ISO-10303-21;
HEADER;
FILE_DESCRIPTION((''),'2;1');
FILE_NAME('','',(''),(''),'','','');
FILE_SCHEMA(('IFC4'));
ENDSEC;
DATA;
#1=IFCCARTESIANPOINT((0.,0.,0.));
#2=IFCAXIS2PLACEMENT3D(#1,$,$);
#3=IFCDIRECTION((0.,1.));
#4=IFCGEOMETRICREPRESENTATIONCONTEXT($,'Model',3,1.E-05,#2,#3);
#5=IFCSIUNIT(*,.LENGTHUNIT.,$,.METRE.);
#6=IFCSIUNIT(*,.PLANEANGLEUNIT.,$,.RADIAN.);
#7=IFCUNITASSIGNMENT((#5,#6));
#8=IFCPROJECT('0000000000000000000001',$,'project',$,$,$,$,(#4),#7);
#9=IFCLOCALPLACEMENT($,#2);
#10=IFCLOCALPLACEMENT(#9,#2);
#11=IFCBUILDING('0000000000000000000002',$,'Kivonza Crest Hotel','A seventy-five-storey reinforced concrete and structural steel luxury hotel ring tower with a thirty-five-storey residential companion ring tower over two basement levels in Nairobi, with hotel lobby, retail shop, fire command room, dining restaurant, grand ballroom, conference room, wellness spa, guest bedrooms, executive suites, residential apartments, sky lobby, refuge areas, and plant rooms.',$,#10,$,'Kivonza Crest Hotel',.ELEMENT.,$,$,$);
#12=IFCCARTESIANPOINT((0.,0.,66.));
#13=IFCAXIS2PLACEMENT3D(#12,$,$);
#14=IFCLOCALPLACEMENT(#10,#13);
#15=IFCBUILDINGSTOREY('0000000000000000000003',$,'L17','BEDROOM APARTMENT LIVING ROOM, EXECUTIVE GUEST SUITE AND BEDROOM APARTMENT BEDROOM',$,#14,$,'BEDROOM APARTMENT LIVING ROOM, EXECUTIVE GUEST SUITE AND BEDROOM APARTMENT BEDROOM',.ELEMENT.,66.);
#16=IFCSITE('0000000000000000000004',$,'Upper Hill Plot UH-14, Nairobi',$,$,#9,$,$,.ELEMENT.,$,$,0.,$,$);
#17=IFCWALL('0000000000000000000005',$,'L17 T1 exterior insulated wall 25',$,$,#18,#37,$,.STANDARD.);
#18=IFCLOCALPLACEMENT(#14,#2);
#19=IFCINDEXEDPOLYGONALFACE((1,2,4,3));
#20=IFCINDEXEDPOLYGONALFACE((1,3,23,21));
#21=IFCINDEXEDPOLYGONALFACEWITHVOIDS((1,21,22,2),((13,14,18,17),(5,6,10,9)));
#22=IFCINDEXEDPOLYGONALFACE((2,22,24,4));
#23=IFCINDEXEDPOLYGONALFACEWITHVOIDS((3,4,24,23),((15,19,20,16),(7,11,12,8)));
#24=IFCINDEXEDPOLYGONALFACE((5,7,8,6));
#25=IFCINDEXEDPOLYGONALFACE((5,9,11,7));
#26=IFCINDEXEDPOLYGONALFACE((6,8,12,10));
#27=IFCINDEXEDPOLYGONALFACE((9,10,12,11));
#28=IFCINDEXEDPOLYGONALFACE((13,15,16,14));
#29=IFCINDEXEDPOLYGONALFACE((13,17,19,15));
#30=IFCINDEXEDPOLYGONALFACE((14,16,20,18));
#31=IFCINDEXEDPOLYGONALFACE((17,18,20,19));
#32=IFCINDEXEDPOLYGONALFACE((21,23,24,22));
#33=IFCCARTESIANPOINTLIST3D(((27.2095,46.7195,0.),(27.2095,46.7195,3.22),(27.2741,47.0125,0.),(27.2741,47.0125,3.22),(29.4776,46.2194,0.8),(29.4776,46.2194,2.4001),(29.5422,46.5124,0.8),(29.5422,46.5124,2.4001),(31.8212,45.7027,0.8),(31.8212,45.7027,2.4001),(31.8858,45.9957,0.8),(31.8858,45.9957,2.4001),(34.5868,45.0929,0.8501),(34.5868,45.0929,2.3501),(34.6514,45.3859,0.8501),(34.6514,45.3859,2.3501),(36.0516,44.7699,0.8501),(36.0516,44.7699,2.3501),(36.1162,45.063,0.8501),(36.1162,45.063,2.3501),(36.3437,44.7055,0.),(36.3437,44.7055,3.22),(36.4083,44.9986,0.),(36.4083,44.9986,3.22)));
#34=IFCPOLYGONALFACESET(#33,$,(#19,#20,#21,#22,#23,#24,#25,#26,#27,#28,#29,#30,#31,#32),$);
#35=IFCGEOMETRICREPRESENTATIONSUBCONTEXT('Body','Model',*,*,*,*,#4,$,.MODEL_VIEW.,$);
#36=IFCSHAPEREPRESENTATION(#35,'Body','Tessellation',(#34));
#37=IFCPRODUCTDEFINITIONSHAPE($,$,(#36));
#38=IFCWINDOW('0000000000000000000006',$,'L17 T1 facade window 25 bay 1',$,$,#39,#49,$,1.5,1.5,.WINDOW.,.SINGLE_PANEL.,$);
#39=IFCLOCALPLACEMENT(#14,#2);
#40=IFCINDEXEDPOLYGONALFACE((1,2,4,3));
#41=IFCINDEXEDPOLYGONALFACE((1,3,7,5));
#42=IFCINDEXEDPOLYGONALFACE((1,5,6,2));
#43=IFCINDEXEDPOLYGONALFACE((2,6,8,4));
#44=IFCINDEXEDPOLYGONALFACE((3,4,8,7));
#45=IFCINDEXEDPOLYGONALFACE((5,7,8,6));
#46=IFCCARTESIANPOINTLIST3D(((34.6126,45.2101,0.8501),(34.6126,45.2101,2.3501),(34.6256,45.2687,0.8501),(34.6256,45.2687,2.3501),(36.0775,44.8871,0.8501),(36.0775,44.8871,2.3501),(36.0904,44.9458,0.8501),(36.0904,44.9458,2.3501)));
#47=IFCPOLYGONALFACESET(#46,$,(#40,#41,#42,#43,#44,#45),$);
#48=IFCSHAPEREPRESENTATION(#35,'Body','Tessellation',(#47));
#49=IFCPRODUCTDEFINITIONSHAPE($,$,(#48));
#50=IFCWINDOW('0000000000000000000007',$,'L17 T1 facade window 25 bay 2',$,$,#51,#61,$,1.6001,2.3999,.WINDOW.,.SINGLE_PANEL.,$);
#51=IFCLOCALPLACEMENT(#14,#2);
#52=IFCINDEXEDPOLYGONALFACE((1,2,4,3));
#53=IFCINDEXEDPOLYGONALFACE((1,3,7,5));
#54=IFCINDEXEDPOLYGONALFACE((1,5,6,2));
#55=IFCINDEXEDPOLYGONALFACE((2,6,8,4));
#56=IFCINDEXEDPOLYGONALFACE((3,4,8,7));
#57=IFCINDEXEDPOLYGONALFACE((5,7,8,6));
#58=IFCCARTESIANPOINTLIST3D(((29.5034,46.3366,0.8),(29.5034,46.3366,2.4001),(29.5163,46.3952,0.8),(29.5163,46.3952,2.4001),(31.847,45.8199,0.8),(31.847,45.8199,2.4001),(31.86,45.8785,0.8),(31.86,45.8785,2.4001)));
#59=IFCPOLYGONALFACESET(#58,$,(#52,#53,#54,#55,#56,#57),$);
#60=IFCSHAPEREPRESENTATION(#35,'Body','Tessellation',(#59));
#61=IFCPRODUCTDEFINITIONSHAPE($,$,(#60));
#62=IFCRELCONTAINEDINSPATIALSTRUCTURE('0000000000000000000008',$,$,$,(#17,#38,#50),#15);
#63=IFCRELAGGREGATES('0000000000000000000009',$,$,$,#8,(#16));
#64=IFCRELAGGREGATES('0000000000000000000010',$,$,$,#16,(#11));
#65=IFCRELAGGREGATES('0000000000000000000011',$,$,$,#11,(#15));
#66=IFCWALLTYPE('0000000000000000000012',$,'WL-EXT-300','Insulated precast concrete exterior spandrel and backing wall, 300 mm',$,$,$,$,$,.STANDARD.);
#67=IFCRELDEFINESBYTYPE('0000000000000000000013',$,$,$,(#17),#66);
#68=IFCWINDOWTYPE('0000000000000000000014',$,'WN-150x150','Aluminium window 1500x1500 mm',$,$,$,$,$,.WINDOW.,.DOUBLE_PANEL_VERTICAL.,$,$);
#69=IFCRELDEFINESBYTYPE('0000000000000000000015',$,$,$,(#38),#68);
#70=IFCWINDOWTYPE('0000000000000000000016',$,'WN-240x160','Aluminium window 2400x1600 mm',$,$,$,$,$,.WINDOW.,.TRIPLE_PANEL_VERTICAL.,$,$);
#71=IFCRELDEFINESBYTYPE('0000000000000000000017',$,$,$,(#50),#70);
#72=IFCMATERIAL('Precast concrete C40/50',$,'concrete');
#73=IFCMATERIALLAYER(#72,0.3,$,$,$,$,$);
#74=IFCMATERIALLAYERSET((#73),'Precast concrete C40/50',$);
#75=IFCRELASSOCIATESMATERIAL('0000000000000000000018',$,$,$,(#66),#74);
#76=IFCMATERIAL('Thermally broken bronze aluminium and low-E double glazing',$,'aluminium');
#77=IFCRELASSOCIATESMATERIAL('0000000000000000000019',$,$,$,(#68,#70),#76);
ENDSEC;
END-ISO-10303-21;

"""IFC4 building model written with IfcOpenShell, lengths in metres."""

from ifc_helpers import new_model, si_unit, direction, frame, frame_2d, origin, place, context, subcontext, project, spatial, rectangle, extrude, material, layer, layer_set, type_object, element, fill, save


model = new_model("IFC4")

# Units and contexts
model_context = context("Model", 3, precision=1e-05, world=origin(), true_north=direction((0.0, 1.0)))
body_context = subcontext(model_context, "Body", "Model", "MODEL_VIEW")
ifc_project = project(units=[si_unit("LENGTHUNIT", "METRE"), si_unit("PLANEANGLEUNIT", "RADIAN")], contexts=[model_context])

# Site, building, storey
site_placement = place(None, origin())
site = spatial("IfcSite", under=ifc_project, at=site_placement, Name="Upper Hill Plot UH-14, Nairobi", CompositionType="ELEMENT", RefElevation=0.0)
building_placement = place(site_placement, origin())
building = spatial("IfcBuilding", under=site, at=building_placement, Name="Kivonza Crest Hotel", Description="A seventy-five-storey reinforced concrete and structural steel luxury hotel ring tower with a thirty-five-storey residential companion ring tower over two basement levels in Nairobi, with hotel lobby, retail shop, fire command room, dining restaurant, grand ballroom, conference room, wellness spa, guest bedrooms, executive suites, residential apartments, sky lobby, refuge areas, and plant rooms.", LongName="Kivonza Crest Hotel", CompositionType="ELEMENT")
storey_placement = place(building_placement, frame((0.0, 0.0, 66.0)))
storey = spatial("IfcBuildingStorey", under=building, at=storey_placement, Name="L17", Description="BEDROOM APARTMENT LIVING ROOM, EXECUTIVE GUEST SUITE AND BEDROOM APARTMENT BEDROOM", LongName="BEDROOM APARTMENT LIVING ROOM, EXECUTIVE GUEST SUITE AND BEDROOM APARTMENT BEDROOM", CompositionType="ELEMENT", Elevation=66.0)

# Shared definitions
ifc_material_1 = material(Name="Precast concrete C40/50", Category="concrete")
ifc_layer_1 = layer(ifc_material_1, 0.3)
ifc_layer_set_1 = layer_set([ifc_layer_1], Name="Precast concrete C40/50")
wall_type_1 = type_object("IfcWallType", Name="WL-EXT-300", Description="Insulated precast concrete exterior spandrel and backing wall, 300 mm", PredefinedType="STANDARD", material=ifc_layer_set_1)

# Wall, openings, windows
wall_1_placement = place(storey_placement, frame((36.376, 44.8521, 0.0), z_axis=(0.0, 0.0, 1.0), x_axis=(-0.976545, 0.215313, 0.0)))
wall_1 = element("IfcWall", 1, at=wall_1_placement, inside=storey, type_object=wall_type_1, Name="L17 T1 exterior insulated wall 25", PredefinedType="STANDARD", context=body_context, shape_type="SweptSolid", body=[
    extrude(rectangle(XDim=9.3535, YDim=0.3, at=frame_2d((4.6768, 0.0))), origin(), (0.0, 0.0, 1.0), 3.22),
])
opening_1_placement = place(wall_1_placement, frame((0.2991, 0.0, 0.8501)))
opening_1 = element("IfcOpeningElement", 2, at=opening_1_placement, cuts=wall_1, PredefinedType="OPENING", context=body_context, shape_type="SweptSolid", body=[
    extrude(rectangle(XDim=1.5, YDim=1.5, at=frame_2d((0.75, 0.75))), frame((0.0, 0.1602, 0.0), z_axis=(0.0, -1.0, 0.0), x_axis=(1.0, 0.0, 0.0)), (0.0, 0.0, 1.0), 0.3201),
])
opening_2_placement = place(wall_1_placement, frame((4.6311, 0.0, 0.8)))
opening_2 = element("IfcOpeningElement", 3, at=opening_2_placement, cuts=wall_1, PredefinedType="OPENING", context=body_context, shape_type="SweptSolid", body=[
    extrude(rectangle(XDim=2.3999, YDim=1.6001, at=frame_2d((1.2, 0.8))), frame((0.0, 0.1602, 0.0), z_axis=(0.0, -1.0, 0.0), x_axis=(1.0, 0.0, 0.0)), (0.0, 0.0, 1.0), 0.3201),
])
ifc_material_2 = material(Name="Thermally broken bronze aluminium and low-E double glazing", Category="aluminium")
window_type_1 = type_object("IfcWindowType", Name="WN-150x150", Description="Aluminium window 1500x1500 mm", PartitioningType="DOUBLE_PANEL_VERTICAL", PredefinedType="WINDOW", material=ifc_material_2)
window_1_placement = place(opening_1_placement, origin())
window_1 = element("IfcWindow", 4, at=window_1_placement, inside=storey, type_object=window_type_1, Name="L17 T1 facade window 25 bay 1", OverallHeight=1.5, OverallWidth=1.5, PartitioningType="SINGLE_PANEL", PredefinedType="WINDOW", context=body_context, shape_type="SweptSolid", body=[
    extrude(rectangle(XDim=1.5, YDim=1.5, at=frame_2d((0.75, 0.75))), frame((0.0, 0.03, 0.0), z_axis=(0.0, -1.0, 0.0), x_axis=(1.0, 0.0, 0.0)), (0.0, 0.0, 1.0), 0.0601),
])
fill(opening_1, window_1)
window_type_2 = type_object("IfcWindowType", Name="WN-240x160", Description="Aluminium window 2400x1600 mm", PartitioningType="TRIPLE_PANEL_VERTICAL", PredefinedType="WINDOW", material=ifc_material_2)
window_2_placement = place(opening_2_placement, origin())
window_2 = element("IfcWindow", 5, at=window_2_placement, inside=storey, type_object=window_type_2, Name="L17 T1 facade window 25 bay 2", OverallHeight=1.6001, OverallWidth=2.3999, PartitioningType="SINGLE_PANEL", PredefinedType="WINDOW", context=body_context, shape_type="SweptSolid", body=[
    extrude(rectangle(XDim=2.3999, YDim=1.6001, at=frame_2d((1.2, 0.8))), frame((0.0, 0.03, 0.0), z_axis=(0.0, -1.0, 0.0), x_axis=(1.0, 0.0, 0.0)), (0.0, 0.0, 1.0), 0.0601),
])
fill(opening_2, window_2)

save(model, "model.ifc")
